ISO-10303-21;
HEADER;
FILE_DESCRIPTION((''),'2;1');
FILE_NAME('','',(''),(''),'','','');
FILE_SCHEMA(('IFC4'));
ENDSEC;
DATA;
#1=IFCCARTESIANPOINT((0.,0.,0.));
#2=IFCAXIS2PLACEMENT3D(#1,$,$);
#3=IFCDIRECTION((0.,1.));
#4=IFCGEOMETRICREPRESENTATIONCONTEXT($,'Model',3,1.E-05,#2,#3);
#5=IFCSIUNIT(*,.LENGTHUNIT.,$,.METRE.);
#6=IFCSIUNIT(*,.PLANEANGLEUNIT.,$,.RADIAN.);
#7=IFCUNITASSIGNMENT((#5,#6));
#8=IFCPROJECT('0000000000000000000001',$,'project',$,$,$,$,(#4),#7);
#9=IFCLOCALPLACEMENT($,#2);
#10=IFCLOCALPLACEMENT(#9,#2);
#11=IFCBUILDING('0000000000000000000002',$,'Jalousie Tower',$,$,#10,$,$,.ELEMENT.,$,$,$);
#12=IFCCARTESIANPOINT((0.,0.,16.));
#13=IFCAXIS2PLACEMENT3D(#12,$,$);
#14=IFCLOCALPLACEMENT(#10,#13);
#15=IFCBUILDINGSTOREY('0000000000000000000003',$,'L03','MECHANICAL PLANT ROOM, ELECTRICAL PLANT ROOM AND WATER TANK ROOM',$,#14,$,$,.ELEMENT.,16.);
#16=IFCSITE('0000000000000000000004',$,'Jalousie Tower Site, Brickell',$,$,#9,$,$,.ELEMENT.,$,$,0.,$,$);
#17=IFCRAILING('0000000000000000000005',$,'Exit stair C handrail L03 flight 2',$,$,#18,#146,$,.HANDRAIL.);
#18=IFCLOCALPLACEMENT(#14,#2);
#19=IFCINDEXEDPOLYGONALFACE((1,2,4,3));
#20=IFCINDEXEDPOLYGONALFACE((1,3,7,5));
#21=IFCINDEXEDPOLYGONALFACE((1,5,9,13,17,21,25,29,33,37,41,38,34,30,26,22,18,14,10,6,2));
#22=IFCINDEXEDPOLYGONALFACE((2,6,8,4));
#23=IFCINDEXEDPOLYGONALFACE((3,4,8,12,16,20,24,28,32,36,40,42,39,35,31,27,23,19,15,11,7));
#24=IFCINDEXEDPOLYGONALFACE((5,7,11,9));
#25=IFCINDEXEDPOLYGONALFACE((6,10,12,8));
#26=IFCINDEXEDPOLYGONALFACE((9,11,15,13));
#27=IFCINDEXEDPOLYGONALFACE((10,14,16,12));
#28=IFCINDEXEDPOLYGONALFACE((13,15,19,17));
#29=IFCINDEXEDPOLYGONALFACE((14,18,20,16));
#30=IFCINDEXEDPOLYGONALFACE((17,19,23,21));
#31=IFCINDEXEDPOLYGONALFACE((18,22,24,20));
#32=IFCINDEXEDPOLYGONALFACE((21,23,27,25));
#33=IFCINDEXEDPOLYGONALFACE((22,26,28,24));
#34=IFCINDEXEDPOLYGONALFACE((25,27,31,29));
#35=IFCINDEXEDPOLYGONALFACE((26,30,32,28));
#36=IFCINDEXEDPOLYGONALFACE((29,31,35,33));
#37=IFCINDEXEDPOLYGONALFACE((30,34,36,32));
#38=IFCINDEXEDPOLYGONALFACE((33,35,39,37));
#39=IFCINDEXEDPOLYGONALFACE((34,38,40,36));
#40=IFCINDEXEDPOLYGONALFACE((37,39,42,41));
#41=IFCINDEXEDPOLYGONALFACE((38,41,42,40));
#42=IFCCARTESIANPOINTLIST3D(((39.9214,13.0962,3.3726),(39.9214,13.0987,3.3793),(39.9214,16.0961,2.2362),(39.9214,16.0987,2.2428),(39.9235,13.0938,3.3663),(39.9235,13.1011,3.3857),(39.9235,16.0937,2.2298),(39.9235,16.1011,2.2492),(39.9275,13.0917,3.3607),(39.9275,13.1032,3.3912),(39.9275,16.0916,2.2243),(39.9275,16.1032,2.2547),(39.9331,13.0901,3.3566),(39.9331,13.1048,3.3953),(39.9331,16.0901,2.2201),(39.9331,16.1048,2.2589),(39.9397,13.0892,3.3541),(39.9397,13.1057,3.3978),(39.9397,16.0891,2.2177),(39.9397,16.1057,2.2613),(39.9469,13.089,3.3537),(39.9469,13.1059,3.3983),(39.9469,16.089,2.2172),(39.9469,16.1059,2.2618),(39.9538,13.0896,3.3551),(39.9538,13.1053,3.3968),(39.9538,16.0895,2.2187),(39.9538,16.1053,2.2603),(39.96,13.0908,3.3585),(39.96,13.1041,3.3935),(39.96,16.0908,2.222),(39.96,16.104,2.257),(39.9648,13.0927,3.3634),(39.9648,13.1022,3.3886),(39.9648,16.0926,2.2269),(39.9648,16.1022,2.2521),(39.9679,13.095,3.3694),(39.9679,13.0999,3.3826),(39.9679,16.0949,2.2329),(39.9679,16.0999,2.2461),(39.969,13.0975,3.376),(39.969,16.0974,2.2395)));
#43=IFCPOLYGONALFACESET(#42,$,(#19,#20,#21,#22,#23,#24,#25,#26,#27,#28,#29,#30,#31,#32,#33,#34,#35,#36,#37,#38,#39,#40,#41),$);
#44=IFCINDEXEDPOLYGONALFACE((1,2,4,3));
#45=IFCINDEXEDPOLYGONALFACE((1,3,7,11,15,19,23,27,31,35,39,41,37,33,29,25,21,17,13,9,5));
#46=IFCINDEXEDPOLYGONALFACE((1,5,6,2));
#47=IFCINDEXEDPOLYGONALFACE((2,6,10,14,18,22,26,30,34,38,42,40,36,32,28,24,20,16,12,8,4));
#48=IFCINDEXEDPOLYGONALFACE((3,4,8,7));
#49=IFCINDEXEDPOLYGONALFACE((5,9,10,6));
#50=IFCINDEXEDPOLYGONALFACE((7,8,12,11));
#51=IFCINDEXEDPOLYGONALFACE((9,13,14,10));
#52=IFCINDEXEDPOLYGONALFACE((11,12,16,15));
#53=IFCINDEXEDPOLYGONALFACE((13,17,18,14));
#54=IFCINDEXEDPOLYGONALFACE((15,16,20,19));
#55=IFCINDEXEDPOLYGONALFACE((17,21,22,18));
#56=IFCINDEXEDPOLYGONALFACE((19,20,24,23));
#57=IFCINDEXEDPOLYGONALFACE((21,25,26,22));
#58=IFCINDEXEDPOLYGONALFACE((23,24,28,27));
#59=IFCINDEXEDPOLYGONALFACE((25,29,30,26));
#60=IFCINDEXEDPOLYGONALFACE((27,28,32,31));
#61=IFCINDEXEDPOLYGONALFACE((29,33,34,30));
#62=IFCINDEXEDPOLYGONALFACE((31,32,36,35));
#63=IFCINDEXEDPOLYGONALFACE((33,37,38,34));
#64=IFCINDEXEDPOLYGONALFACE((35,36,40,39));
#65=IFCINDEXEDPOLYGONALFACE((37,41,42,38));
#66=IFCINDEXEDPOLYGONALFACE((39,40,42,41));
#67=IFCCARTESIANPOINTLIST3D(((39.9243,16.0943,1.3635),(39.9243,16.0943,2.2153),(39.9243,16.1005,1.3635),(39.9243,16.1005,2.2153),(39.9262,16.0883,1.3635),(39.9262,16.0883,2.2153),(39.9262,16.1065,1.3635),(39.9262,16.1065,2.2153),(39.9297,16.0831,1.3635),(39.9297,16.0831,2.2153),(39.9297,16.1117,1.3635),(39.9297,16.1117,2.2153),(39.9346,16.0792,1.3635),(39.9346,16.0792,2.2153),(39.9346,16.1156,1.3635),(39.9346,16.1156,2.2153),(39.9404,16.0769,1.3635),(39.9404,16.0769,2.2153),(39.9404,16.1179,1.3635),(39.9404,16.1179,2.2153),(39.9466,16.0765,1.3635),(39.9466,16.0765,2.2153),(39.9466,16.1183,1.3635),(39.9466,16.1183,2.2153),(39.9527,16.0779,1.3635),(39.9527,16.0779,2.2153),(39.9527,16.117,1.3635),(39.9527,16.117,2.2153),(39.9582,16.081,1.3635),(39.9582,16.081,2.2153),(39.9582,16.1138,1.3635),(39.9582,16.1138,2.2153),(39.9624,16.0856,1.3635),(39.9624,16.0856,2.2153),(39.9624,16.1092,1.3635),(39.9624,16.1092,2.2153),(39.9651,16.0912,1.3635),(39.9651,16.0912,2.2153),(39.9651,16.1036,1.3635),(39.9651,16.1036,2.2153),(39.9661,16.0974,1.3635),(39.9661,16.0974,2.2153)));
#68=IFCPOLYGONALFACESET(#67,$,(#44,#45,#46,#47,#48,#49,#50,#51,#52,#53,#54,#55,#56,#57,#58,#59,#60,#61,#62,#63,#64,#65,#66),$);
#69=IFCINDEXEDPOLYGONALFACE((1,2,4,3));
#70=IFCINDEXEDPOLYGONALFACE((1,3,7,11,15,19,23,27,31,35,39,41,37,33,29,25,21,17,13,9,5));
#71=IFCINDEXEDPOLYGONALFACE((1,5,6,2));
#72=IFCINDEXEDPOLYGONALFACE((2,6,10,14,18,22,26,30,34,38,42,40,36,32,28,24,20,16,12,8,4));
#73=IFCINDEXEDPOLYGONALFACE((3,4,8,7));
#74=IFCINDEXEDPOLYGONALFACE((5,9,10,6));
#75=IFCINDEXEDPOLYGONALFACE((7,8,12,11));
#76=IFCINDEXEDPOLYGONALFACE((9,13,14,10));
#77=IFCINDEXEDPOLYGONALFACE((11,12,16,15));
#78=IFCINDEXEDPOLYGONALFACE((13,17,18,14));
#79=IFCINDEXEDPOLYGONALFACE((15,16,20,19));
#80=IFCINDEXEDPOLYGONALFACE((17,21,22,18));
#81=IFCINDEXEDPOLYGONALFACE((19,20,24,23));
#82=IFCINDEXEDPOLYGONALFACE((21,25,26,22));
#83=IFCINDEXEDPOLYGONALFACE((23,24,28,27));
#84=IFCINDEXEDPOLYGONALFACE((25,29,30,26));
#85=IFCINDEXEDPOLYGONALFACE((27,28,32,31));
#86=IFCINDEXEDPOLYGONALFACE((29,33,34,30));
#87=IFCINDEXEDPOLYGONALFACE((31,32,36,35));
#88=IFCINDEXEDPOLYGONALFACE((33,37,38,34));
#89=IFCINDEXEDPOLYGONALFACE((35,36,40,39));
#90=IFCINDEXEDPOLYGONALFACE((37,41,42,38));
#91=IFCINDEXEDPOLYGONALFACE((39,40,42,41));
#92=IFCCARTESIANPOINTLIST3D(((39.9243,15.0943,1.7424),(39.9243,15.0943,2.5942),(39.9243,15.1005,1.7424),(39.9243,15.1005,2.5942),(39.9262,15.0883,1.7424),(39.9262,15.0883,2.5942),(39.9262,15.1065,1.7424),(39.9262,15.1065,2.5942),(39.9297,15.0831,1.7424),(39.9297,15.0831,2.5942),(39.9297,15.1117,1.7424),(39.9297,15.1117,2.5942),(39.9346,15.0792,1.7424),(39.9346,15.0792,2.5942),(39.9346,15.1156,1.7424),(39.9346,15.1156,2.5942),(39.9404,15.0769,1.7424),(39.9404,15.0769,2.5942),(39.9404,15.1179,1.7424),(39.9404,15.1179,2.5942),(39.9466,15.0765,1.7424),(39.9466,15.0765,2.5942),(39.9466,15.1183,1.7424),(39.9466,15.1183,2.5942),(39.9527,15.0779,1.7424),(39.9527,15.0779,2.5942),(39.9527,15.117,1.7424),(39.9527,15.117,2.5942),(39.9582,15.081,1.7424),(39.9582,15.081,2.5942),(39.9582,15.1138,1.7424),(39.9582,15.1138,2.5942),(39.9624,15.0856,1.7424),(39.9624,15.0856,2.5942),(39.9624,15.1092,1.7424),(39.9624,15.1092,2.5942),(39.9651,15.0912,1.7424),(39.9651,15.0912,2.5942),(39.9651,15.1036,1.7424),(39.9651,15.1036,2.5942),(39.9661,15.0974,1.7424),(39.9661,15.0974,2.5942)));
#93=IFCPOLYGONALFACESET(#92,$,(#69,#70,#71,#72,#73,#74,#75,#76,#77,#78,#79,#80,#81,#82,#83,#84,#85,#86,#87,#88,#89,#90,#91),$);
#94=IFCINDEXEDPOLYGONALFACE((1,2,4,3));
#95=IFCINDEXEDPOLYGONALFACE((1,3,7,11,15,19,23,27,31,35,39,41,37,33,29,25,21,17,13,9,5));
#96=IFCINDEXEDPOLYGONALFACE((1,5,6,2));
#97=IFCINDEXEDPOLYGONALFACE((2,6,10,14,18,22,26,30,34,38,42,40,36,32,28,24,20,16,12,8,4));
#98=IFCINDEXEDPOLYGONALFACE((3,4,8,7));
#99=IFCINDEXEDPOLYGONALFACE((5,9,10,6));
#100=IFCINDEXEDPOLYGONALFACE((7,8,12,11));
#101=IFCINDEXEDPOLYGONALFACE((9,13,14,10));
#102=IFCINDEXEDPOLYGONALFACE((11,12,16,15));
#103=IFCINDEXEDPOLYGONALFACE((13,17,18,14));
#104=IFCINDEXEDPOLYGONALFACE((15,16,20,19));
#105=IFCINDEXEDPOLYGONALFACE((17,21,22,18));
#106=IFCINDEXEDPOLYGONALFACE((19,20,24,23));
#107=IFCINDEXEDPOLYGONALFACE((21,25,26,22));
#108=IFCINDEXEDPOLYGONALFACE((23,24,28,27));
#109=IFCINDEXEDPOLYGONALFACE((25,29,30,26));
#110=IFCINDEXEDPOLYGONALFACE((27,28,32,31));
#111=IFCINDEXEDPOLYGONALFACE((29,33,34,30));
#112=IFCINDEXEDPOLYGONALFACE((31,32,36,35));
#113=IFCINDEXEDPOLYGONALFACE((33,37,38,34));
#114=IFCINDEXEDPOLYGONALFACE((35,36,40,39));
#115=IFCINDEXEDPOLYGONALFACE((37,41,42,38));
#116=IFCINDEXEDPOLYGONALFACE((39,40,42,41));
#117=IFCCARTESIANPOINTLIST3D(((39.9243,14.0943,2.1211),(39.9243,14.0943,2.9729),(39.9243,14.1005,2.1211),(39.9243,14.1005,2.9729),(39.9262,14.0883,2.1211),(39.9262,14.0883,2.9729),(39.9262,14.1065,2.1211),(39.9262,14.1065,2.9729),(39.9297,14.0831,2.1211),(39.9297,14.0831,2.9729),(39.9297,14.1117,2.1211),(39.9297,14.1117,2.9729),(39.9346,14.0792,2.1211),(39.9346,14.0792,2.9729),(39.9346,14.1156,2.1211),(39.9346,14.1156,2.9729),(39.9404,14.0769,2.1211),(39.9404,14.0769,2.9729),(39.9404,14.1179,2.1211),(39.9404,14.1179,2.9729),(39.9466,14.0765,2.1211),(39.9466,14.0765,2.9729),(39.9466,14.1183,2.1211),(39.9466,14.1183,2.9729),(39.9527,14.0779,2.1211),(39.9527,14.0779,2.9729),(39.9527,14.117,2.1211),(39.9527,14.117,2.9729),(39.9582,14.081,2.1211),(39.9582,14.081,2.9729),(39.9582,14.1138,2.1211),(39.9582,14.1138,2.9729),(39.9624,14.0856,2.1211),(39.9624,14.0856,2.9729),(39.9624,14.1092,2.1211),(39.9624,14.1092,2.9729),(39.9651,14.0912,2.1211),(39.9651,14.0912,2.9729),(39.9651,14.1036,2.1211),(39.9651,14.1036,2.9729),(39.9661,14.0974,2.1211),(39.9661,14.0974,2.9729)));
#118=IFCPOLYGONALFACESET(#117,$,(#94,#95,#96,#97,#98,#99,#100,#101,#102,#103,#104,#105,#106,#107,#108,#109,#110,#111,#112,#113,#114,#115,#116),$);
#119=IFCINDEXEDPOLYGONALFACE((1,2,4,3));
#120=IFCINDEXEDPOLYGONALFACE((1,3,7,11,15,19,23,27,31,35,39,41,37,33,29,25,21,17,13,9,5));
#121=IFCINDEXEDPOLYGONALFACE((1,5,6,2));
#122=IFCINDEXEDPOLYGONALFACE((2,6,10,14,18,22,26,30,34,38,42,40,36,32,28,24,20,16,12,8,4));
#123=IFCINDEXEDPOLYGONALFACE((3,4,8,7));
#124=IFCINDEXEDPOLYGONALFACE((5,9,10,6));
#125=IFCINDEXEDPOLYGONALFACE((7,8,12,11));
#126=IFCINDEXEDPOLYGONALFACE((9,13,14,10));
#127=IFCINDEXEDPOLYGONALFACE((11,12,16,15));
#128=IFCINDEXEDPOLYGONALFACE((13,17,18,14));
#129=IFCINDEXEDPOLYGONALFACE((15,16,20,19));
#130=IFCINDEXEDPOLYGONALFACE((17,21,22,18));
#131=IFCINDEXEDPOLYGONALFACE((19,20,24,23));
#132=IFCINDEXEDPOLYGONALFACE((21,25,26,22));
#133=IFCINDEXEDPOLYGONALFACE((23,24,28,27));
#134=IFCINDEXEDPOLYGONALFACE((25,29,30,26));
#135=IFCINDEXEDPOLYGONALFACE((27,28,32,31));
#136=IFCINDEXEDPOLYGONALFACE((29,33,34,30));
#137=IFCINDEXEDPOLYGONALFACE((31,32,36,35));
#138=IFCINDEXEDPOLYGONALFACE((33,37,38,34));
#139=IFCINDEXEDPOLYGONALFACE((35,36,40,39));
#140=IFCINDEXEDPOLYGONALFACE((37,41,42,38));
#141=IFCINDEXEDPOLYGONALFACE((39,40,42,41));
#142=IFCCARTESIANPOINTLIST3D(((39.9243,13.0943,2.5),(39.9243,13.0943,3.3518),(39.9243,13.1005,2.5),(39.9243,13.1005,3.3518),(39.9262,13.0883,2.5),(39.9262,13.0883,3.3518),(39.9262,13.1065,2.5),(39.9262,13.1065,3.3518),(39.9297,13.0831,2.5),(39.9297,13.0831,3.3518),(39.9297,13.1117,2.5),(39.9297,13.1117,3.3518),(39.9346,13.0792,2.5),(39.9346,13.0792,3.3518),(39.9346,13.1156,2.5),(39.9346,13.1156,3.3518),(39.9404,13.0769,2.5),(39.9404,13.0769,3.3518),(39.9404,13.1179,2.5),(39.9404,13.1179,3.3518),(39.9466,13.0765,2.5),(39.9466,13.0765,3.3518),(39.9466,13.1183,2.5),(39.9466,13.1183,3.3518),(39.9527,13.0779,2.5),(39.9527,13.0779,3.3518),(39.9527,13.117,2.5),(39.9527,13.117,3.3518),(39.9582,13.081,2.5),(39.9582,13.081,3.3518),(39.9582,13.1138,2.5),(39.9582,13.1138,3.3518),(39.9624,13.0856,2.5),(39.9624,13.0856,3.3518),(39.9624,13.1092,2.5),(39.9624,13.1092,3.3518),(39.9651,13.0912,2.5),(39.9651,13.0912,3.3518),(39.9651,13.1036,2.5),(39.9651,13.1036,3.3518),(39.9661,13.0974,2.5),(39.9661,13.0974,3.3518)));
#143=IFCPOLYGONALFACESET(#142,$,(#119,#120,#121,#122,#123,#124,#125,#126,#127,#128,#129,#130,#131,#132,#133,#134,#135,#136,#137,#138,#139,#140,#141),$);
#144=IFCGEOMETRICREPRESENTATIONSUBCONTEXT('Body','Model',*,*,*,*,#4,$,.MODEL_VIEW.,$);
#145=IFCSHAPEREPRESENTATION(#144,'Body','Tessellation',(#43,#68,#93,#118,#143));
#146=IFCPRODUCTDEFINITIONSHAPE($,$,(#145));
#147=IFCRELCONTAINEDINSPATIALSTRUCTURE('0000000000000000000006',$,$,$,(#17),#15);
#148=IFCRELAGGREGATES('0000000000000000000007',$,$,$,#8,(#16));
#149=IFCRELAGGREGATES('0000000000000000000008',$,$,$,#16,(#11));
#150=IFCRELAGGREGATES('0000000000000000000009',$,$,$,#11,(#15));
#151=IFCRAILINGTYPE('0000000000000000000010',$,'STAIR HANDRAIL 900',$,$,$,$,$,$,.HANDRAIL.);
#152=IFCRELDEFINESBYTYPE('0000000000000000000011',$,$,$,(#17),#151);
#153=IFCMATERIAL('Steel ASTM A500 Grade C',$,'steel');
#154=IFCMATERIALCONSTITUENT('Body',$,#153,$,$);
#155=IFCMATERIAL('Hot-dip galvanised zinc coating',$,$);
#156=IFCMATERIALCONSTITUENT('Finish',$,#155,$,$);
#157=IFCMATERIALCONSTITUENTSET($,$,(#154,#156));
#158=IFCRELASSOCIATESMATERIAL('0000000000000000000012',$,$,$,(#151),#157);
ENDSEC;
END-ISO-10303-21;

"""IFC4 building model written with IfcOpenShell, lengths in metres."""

from ifc_helpers import new_model, si_unit, direction, frame, origin, origin_2d, place, context, subcontext, project, spatial, circle, extrude, material, constituent, constituent_set, type_object, element, save


model = new_model("IFC4")

# Units and contexts
model_context = context("Model", 3, precision=1e-05, world=origin(), true_north=direction((0.0, 1.0)))
body_context = subcontext(model_context, "Body", "Model", "MODEL_VIEW")
ifc_project = project(units=[si_unit("LENGTHUNIT", "METRE"), si_unit("PLANEANGLEUNIT", "RADIAN")], contexts=[model_context])

# Site, building, storey
site_placement = place(None, origin())
site = spatial("IfcSite", under=ifc_project, at=site_placement, Name="Jalousie Tower Site, Brickell", CompositionType="ELEMENT", RefElevation=0.0)
building_placement = place(site_placement, origin())
building = spatial("IfcBuilding", under=site, at=building_placement, Name="Jalousie Tower", CompositionType="ELEMENT")
storey_placement = place(building_placement, frame((0.0, 0.0, 16.0)))
storey = spatial("IfcBuildingStorey", under=building, at=storey_placement, Name="L03", Description="MECHANICAL PLANT ROOM, ELECTRICAL PLANT ROOM AND WATER TANK ROOM", CompositionType="ELEMENT", Elevation=16.0)

# Railing
ifc_material_1 = material(Name="Steel ASTM A500 Grade C", Category="steel")
ifc_constituent_1 = constituent(ifc_material_1, Name="Body")
ifc_material_2 = material(Name="Hot-dip galvanised zinc coating")
ifc_constituent_2 = constituent(ifc_material_2, Name="Finish")
ifc_constituent_set_1 = constituent_set(constituents=[ifc_constituent_1, ifc_constituent_2])
railing_type_1 = type_object("IfcRailingType", Name="STAIR HANDRAIL 900", PredefinedType="HANDRAIL", material=ifc_constituent_set_1)
railing_1_placement = place(storey_placement, frame((39.9451, 16.0974, 1.3635)))
element("IfcRailing", 1, at=railing_1_placement, inside=storey, type_object=railing_type_1, Name="Exit stair C handrail L03 flight 2", PredefinedType="HANDRAIL", context=body_context, shape_type="SweptSolid", body=[
    extrude(circle(Radius=0.0239, at=origin_2d()), frame((0.0, 0.0, 0.876), z_axis=(0.0, -0.935148, 0.354257), x_axis=(1.0, 0.0, 0.0)), (0.0, 0.0, 1.0), 3.208),
    extrude(circle(Radius=0.021, at=origin_2d()), origin(), (0.0, 0.0, 1.0), 0.8518),
    extrude(circle(Radius=0.021, at=origin_2d()), frame((0.0, -1.0, 0.3789)), (0.0, 0.0, 1.0), 0.8518),
    extrude(circle(Radius=0.021, at=origin_2d()), frame((0.0, -2.0, 0.7576)), (0.0, 0.0, 1.0), 0.8518),
    extrude(circle(Radius=0.021, at=origin_2d()), frame((0.0, -3.0, 1.1365)), (0.0, 0.0, 1.0), 0.8518),
])

save(model, "model.ifc")
